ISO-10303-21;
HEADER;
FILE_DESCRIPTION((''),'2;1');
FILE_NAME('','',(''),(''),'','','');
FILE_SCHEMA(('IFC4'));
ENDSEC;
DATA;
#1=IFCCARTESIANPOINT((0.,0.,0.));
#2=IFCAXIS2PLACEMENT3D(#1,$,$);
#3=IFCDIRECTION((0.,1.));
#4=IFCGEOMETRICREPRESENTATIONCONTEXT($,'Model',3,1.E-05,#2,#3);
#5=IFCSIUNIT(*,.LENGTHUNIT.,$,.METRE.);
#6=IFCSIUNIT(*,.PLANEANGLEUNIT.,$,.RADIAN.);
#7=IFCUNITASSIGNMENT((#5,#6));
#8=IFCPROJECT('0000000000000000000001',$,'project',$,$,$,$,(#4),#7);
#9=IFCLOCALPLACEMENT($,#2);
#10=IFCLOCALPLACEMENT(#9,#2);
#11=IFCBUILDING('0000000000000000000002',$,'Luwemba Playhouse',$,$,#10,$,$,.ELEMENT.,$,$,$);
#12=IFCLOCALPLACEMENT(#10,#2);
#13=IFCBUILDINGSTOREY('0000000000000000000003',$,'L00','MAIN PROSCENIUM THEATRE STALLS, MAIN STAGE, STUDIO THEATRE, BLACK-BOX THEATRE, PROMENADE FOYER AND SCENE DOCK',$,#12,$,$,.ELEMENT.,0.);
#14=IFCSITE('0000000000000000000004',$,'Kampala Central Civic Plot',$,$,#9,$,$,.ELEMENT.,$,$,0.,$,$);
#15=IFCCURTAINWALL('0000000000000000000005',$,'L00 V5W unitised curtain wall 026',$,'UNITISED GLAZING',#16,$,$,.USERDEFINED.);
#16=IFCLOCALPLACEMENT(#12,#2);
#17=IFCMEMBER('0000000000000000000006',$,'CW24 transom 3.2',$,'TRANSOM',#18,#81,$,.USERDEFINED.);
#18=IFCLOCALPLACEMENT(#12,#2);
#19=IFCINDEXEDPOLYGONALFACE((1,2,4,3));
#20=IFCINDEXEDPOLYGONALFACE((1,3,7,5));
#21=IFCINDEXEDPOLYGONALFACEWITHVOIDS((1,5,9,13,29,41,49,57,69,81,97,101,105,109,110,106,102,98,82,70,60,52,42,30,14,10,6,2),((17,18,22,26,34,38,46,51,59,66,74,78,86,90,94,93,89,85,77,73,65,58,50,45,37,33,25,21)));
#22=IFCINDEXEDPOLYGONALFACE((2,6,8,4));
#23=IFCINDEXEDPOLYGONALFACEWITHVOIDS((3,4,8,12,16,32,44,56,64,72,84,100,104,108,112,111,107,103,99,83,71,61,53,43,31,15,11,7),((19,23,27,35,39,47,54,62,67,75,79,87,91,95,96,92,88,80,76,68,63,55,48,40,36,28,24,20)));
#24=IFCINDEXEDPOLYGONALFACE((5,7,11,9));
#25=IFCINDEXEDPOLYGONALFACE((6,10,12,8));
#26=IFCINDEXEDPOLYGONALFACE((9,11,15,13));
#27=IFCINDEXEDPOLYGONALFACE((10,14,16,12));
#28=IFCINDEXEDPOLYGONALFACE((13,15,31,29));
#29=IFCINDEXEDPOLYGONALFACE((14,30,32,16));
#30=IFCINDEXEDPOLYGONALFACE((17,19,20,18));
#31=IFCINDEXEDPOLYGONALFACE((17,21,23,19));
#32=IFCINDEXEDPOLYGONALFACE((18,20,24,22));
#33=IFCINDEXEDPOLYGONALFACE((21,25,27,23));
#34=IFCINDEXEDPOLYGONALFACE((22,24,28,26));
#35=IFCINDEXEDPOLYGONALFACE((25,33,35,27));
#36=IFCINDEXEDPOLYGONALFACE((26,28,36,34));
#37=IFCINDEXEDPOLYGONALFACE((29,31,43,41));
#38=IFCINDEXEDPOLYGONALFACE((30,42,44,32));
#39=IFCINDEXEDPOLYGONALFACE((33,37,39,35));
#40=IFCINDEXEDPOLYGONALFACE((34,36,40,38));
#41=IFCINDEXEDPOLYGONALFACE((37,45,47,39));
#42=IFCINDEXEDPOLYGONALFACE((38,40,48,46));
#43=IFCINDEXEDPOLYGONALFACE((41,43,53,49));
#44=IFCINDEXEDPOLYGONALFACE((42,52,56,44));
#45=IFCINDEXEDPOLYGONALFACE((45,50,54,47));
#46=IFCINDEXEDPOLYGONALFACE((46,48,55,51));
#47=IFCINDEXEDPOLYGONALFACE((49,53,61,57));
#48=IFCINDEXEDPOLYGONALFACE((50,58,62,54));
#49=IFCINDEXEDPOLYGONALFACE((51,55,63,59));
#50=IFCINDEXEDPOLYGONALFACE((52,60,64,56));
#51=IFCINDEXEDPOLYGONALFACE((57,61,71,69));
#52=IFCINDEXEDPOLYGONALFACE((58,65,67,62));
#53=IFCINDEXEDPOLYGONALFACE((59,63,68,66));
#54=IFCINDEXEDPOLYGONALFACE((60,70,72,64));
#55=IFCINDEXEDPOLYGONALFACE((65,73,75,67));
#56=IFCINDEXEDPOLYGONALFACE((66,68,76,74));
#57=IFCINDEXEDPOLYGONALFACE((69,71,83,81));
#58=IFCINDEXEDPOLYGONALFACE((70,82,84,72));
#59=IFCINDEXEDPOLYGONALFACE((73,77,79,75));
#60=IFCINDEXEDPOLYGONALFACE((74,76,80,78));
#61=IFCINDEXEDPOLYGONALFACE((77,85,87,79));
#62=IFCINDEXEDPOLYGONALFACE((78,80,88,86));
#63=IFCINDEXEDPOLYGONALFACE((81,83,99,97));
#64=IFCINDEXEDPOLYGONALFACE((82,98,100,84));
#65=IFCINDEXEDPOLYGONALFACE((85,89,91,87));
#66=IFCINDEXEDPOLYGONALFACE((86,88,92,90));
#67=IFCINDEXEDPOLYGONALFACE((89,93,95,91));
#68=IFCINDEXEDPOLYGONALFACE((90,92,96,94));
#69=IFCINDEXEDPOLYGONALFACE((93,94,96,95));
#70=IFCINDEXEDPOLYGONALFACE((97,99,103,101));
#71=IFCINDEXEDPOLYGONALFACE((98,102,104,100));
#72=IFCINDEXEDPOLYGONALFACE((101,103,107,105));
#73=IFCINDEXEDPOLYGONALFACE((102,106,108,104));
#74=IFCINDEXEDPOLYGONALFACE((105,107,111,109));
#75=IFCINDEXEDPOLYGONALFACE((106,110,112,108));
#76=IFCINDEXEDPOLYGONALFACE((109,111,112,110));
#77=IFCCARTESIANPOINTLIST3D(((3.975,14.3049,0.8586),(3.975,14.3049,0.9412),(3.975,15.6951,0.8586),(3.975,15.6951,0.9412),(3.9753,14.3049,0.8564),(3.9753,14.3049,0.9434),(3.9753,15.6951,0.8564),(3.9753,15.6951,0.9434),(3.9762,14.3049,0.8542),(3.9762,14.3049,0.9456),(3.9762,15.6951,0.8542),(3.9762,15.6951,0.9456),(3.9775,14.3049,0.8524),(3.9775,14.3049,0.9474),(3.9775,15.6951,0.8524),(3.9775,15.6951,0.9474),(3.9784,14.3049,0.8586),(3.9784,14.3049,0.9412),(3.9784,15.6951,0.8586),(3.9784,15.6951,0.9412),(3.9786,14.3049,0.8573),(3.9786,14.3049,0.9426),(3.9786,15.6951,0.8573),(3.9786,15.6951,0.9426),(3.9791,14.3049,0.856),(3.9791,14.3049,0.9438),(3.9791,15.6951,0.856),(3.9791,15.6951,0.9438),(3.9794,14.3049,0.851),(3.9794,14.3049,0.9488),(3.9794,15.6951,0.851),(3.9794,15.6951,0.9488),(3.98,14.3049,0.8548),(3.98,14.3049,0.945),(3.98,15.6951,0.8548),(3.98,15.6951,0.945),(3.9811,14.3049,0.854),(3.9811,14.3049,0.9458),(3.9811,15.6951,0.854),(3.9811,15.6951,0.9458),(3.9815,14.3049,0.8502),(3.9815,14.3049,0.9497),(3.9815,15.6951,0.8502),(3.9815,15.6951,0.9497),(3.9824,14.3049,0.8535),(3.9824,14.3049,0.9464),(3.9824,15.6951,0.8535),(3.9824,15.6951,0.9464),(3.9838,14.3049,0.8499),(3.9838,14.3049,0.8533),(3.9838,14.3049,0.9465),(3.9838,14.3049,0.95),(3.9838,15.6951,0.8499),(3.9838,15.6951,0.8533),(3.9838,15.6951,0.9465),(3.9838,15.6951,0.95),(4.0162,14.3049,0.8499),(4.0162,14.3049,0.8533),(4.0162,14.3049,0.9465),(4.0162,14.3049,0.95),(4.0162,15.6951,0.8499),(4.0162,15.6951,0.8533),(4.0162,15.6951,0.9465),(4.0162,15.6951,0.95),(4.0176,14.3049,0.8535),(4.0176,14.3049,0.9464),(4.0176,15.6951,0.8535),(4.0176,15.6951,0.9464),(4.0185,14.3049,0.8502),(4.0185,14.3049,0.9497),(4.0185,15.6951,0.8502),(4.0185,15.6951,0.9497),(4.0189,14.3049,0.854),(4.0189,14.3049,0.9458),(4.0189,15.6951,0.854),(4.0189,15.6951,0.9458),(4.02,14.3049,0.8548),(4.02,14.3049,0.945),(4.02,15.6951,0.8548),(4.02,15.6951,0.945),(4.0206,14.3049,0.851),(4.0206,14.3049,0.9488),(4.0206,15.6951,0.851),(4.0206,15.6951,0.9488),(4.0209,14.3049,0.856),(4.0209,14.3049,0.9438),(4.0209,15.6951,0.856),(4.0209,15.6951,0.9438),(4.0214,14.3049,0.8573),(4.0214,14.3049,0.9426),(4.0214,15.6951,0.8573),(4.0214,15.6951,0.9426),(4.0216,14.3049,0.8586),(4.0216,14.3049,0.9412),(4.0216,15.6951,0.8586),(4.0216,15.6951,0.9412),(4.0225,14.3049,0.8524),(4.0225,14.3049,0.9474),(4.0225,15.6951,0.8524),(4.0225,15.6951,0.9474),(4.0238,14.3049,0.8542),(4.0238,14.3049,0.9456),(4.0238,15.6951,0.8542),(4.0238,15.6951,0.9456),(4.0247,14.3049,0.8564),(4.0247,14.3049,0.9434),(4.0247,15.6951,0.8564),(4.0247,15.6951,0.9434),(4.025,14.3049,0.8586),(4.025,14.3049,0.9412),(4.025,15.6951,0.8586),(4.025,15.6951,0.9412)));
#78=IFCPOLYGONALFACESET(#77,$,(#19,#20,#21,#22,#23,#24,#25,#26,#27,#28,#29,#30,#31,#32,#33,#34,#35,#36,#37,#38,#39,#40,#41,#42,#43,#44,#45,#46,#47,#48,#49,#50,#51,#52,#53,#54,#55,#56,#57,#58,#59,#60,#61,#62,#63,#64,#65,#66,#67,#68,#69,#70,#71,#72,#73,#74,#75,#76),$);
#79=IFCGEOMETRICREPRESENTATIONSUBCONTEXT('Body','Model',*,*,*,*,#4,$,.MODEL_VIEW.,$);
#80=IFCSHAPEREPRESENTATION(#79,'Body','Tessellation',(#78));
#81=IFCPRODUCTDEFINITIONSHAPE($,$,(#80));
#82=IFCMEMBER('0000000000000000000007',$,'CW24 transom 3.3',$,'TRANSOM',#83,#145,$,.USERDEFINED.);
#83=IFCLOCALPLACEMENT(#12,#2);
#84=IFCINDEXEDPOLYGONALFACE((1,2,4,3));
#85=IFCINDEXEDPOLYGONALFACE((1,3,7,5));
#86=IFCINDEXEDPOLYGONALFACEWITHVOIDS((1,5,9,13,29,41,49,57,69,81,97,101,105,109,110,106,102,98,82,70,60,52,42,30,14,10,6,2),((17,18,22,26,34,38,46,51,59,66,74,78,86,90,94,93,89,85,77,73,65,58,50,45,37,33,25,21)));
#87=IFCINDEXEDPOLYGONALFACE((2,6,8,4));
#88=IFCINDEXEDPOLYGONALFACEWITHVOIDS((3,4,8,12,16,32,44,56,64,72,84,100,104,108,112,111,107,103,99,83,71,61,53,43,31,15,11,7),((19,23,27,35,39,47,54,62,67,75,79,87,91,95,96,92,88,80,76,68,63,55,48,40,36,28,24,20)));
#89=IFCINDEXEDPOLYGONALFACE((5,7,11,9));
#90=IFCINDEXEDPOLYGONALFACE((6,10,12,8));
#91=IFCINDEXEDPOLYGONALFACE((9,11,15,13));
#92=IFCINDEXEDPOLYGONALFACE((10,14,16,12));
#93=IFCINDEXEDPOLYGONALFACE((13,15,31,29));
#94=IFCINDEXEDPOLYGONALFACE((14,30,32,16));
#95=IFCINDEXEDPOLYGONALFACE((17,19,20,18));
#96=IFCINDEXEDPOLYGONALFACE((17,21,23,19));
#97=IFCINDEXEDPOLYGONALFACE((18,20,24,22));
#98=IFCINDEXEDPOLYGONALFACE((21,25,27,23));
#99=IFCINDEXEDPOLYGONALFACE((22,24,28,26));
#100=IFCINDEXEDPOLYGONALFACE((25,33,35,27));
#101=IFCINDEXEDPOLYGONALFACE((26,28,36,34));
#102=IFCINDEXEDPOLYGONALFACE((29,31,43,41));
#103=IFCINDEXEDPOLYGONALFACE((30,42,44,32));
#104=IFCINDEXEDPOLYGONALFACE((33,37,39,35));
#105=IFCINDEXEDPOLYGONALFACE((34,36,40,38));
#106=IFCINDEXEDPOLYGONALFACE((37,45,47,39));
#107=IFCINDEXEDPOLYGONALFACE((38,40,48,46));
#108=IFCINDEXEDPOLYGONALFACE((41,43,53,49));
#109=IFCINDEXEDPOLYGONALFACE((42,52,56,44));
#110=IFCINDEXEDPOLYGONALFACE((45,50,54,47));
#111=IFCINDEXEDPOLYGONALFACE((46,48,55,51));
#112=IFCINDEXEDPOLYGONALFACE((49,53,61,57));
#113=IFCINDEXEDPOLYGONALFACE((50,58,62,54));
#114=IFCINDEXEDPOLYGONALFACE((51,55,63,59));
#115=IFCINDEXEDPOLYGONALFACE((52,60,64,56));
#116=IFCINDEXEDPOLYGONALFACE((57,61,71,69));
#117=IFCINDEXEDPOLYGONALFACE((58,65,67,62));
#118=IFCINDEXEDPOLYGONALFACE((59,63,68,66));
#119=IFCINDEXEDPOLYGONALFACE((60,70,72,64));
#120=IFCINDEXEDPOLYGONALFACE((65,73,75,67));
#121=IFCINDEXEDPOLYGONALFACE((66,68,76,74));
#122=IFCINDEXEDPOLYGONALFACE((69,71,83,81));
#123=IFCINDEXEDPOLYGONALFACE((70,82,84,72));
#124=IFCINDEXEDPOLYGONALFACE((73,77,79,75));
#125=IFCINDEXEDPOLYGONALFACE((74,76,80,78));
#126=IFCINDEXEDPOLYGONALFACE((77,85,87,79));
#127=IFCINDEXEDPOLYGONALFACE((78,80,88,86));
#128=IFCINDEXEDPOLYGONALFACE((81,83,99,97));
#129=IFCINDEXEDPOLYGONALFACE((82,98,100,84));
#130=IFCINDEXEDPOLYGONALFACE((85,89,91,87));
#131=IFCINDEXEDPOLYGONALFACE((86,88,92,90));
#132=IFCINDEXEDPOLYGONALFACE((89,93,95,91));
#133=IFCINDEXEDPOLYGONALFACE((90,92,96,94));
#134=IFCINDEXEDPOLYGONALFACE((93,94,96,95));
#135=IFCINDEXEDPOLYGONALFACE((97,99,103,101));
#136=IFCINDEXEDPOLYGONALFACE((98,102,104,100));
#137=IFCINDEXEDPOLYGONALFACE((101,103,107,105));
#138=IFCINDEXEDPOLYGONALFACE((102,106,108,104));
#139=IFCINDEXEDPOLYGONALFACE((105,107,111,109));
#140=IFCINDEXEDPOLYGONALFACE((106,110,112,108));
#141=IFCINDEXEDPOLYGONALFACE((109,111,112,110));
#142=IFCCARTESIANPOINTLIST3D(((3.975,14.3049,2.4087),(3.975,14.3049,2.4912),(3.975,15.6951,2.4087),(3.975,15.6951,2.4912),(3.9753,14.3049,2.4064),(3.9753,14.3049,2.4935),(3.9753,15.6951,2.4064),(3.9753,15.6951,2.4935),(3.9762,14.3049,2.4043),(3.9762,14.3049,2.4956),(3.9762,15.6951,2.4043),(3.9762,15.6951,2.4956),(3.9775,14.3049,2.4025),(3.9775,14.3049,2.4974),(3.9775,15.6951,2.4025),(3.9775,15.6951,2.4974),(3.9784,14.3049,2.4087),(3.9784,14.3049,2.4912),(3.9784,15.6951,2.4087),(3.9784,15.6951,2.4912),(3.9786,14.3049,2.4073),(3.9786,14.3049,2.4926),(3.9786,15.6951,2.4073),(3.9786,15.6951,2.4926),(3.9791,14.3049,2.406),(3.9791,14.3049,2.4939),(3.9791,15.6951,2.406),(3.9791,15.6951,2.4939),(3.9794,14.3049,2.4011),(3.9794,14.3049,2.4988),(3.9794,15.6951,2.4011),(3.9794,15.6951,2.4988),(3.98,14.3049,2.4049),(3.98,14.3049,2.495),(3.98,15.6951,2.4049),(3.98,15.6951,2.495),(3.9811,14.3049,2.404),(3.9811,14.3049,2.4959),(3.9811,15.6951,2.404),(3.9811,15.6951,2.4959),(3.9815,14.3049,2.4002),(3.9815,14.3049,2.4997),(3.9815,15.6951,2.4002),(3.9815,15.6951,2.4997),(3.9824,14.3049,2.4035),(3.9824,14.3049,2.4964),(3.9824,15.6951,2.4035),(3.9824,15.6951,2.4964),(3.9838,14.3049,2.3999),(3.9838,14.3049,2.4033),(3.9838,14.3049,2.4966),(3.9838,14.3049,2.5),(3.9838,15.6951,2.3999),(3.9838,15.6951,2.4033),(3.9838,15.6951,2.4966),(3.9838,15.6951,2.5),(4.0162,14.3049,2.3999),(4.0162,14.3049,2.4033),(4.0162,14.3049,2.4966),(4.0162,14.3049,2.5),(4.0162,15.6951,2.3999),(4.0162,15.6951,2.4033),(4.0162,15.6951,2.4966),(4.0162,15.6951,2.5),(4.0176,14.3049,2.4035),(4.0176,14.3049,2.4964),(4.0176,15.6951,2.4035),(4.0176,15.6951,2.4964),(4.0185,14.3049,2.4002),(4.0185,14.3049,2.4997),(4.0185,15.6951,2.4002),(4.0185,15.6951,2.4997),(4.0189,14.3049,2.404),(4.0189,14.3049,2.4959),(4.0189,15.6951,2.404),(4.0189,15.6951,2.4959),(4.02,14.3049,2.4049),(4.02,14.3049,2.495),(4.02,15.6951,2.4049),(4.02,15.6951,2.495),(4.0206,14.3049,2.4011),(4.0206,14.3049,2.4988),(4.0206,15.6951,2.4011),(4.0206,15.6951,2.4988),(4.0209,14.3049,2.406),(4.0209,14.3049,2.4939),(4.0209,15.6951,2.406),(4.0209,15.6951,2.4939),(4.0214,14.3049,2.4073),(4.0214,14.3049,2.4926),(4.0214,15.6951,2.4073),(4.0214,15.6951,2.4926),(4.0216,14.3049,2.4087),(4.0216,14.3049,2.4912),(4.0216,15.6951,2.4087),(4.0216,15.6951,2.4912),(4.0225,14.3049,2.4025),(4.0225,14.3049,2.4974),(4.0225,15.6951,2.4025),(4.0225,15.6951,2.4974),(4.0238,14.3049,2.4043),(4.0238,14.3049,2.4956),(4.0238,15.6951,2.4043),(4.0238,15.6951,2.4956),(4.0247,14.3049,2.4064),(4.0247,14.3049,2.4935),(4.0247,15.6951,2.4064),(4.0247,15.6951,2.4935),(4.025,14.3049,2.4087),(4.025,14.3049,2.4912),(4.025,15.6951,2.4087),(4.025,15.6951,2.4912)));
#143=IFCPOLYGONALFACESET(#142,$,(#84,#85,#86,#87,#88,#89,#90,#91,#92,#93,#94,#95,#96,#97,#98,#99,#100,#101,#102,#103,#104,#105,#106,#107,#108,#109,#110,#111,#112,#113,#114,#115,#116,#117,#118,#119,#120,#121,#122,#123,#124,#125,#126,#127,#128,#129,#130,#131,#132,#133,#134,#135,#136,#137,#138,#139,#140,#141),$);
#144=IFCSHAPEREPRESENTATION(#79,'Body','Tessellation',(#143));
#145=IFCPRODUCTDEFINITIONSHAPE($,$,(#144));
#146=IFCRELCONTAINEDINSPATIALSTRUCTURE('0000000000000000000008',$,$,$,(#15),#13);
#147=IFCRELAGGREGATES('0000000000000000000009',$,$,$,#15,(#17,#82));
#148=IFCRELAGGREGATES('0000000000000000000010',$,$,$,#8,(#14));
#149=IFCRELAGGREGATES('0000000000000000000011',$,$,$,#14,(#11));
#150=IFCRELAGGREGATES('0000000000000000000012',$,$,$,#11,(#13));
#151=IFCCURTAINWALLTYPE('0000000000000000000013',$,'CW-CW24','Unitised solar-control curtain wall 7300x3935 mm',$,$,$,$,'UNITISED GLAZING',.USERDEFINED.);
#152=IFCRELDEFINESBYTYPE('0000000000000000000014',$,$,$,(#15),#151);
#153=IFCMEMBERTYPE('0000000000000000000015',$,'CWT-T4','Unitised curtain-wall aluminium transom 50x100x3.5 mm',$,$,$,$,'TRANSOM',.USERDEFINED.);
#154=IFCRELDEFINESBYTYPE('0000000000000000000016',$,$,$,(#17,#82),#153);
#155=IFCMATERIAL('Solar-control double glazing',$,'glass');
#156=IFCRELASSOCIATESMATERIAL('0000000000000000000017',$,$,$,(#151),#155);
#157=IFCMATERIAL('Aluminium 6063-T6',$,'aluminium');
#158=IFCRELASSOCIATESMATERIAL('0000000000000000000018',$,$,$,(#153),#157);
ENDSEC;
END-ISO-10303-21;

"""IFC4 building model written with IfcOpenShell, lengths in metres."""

from ifc_helpers import new_model, si_unit, direction, frame, origin, origin_2d, place, context, subcontext, project, spatial, hollow_rectangle, extrude, material, material_profile, profile_set, type_object, element, aggregate, save


model = new_model("IFC4")

# Units and contexts
model_context = context("Model", 3, precision=1e-05, world=origin(), true_north=direction((0.0, 1.0)))
body_context = subcontext(model_context, "Body", "Model", "MODEL_VIEW")
ifc_project = project(units=[si_unit("LENGTHUNIT", "METRE"), si_unit("PLANEANGLEUNIT", "RADIAN")], contexts=[model_context])

# Site, building, storey
site_placement = place(None, origin())
site = spatial("IfcSite", under=ifc_project, at=site_placement, Name="Kampala Central Civic Plot", CompositionType="ELEMENT", RefElevation=0.0)
building_placement = place(site_placement, origin())
building = spatial("IfcBuilding", under=site, at=building_placement, Name="Luwemba Playhouse", CompositionType="ELEMENT")
storey_placement = place(building_placement, origin())
storey = spatial("IfcBuildingStorey", under=building, at=storey_placement, Name="L00", Description="MAIN PROSCENIUM THEATRE STALLS, MAIN STAGE, STUDIO THEATRE, BLACK-BOX THEATRE, PROMENADE FOYER AND SCENE DOCK", CompositionType="ELEMENT", Elevation=0.0)

# Curtain wall, members
ifc_material_1 = material(Name="Solar-control double glazing", Category="glass")
curtain_wall_type = type_object("IfcCurtainWallType", Name="CW-CW24", Description="Unitised solar-control curtain wall 7300x3935 mm", ElementType="UNITISED GLAZING", PredefinedType="USERDEFINED", material=ifc_material_1)
curtain_wall_placement = place(storey_placement, origin())
curtain_wall = element("IfcCurtainWall", 1, at=curtain_wall_placement, inside=storey, type_object=curtain_wall_type, Name="L00 V5W unitised curtain wall 026", ObjectType="UNITISED GLAZING", PredefinedType="USERDEFINED")
ifc_material_2 = material(Name="Aluminium 6063-T6", Category="aluminium")
ifc_material_profile_1 = material_profile(ifc_material_2, hollow_rectangle(XDim=0.05, YDim=0.1001, WallThickness=0.0034, InnerFilletRadius=0.0054, OuterFilletRadius=0.0088, at=origin_2d()))
ifc_profile_set_1 = profile_set([ifc_material_profile_1], Name="Aluminium 6063-T6")
member_type_1 = type_object("IfcMemberType", Name="CWT-T4", Description="Unitised curtain-wall aluminium transom 50x100x3.5 mm", ElementType="TRANSOM", PredefinedType="USERDEFINED", material=ifc_profile_set_1)
member_1_placement = place(storey_placement, frame((4.0, 14.3049, 0.8999), z_axis=(0.0, 1.0, 0.0), x_axis=(-1.0, 0.0, 0.0)))
member_1 = element("IfcMember", 2, at=member_1_placement, type_object=member_type_1, Name="CW24 transom 3.2", ObjectType="TRANSOM", PredefinedType="USERDEFINED", context=body_context, shape_type="SweptSolid", body=[
    extrude(hollow_rectangle(XDim=0.05, YDim=0.1001, WallThickness=0.0034, InnerFilletRadius=0.0054, OuterFilletRadius=0.0088, at=origin_2d()), origin(), (0.0, 0.0, 1.0), 1.3901),
])
member_2_placement = place(storey_placement, frame((4.0, 14.3049, 2.45), z_axis=(0.0, 1.0, 0.0), x_axis=(-1.0, 0.0, 0.0)))
member_2 = element("IfcMember", 3, at=member_2_placement, type_object=member_type_1, Name="CW24 transom 3.3", ObjectType="TRANSOM", PredefinedType="USERDEFINED", context=body_context, shape_type="SweptSolid", body=[
    extrude(hollow_rectangle(XDim=0.05, YDim=0.1001, WallThickness=0.0034, InnerFilletRadius=0.0054, OuterFilletRadius=0.0088, at=origin_2d()), origin(), (0.0, 0.0, 1.0), 1.3901),
])
aggregate(curtain_wall, [member_1, member_2])

save(model, "model.ifc")
